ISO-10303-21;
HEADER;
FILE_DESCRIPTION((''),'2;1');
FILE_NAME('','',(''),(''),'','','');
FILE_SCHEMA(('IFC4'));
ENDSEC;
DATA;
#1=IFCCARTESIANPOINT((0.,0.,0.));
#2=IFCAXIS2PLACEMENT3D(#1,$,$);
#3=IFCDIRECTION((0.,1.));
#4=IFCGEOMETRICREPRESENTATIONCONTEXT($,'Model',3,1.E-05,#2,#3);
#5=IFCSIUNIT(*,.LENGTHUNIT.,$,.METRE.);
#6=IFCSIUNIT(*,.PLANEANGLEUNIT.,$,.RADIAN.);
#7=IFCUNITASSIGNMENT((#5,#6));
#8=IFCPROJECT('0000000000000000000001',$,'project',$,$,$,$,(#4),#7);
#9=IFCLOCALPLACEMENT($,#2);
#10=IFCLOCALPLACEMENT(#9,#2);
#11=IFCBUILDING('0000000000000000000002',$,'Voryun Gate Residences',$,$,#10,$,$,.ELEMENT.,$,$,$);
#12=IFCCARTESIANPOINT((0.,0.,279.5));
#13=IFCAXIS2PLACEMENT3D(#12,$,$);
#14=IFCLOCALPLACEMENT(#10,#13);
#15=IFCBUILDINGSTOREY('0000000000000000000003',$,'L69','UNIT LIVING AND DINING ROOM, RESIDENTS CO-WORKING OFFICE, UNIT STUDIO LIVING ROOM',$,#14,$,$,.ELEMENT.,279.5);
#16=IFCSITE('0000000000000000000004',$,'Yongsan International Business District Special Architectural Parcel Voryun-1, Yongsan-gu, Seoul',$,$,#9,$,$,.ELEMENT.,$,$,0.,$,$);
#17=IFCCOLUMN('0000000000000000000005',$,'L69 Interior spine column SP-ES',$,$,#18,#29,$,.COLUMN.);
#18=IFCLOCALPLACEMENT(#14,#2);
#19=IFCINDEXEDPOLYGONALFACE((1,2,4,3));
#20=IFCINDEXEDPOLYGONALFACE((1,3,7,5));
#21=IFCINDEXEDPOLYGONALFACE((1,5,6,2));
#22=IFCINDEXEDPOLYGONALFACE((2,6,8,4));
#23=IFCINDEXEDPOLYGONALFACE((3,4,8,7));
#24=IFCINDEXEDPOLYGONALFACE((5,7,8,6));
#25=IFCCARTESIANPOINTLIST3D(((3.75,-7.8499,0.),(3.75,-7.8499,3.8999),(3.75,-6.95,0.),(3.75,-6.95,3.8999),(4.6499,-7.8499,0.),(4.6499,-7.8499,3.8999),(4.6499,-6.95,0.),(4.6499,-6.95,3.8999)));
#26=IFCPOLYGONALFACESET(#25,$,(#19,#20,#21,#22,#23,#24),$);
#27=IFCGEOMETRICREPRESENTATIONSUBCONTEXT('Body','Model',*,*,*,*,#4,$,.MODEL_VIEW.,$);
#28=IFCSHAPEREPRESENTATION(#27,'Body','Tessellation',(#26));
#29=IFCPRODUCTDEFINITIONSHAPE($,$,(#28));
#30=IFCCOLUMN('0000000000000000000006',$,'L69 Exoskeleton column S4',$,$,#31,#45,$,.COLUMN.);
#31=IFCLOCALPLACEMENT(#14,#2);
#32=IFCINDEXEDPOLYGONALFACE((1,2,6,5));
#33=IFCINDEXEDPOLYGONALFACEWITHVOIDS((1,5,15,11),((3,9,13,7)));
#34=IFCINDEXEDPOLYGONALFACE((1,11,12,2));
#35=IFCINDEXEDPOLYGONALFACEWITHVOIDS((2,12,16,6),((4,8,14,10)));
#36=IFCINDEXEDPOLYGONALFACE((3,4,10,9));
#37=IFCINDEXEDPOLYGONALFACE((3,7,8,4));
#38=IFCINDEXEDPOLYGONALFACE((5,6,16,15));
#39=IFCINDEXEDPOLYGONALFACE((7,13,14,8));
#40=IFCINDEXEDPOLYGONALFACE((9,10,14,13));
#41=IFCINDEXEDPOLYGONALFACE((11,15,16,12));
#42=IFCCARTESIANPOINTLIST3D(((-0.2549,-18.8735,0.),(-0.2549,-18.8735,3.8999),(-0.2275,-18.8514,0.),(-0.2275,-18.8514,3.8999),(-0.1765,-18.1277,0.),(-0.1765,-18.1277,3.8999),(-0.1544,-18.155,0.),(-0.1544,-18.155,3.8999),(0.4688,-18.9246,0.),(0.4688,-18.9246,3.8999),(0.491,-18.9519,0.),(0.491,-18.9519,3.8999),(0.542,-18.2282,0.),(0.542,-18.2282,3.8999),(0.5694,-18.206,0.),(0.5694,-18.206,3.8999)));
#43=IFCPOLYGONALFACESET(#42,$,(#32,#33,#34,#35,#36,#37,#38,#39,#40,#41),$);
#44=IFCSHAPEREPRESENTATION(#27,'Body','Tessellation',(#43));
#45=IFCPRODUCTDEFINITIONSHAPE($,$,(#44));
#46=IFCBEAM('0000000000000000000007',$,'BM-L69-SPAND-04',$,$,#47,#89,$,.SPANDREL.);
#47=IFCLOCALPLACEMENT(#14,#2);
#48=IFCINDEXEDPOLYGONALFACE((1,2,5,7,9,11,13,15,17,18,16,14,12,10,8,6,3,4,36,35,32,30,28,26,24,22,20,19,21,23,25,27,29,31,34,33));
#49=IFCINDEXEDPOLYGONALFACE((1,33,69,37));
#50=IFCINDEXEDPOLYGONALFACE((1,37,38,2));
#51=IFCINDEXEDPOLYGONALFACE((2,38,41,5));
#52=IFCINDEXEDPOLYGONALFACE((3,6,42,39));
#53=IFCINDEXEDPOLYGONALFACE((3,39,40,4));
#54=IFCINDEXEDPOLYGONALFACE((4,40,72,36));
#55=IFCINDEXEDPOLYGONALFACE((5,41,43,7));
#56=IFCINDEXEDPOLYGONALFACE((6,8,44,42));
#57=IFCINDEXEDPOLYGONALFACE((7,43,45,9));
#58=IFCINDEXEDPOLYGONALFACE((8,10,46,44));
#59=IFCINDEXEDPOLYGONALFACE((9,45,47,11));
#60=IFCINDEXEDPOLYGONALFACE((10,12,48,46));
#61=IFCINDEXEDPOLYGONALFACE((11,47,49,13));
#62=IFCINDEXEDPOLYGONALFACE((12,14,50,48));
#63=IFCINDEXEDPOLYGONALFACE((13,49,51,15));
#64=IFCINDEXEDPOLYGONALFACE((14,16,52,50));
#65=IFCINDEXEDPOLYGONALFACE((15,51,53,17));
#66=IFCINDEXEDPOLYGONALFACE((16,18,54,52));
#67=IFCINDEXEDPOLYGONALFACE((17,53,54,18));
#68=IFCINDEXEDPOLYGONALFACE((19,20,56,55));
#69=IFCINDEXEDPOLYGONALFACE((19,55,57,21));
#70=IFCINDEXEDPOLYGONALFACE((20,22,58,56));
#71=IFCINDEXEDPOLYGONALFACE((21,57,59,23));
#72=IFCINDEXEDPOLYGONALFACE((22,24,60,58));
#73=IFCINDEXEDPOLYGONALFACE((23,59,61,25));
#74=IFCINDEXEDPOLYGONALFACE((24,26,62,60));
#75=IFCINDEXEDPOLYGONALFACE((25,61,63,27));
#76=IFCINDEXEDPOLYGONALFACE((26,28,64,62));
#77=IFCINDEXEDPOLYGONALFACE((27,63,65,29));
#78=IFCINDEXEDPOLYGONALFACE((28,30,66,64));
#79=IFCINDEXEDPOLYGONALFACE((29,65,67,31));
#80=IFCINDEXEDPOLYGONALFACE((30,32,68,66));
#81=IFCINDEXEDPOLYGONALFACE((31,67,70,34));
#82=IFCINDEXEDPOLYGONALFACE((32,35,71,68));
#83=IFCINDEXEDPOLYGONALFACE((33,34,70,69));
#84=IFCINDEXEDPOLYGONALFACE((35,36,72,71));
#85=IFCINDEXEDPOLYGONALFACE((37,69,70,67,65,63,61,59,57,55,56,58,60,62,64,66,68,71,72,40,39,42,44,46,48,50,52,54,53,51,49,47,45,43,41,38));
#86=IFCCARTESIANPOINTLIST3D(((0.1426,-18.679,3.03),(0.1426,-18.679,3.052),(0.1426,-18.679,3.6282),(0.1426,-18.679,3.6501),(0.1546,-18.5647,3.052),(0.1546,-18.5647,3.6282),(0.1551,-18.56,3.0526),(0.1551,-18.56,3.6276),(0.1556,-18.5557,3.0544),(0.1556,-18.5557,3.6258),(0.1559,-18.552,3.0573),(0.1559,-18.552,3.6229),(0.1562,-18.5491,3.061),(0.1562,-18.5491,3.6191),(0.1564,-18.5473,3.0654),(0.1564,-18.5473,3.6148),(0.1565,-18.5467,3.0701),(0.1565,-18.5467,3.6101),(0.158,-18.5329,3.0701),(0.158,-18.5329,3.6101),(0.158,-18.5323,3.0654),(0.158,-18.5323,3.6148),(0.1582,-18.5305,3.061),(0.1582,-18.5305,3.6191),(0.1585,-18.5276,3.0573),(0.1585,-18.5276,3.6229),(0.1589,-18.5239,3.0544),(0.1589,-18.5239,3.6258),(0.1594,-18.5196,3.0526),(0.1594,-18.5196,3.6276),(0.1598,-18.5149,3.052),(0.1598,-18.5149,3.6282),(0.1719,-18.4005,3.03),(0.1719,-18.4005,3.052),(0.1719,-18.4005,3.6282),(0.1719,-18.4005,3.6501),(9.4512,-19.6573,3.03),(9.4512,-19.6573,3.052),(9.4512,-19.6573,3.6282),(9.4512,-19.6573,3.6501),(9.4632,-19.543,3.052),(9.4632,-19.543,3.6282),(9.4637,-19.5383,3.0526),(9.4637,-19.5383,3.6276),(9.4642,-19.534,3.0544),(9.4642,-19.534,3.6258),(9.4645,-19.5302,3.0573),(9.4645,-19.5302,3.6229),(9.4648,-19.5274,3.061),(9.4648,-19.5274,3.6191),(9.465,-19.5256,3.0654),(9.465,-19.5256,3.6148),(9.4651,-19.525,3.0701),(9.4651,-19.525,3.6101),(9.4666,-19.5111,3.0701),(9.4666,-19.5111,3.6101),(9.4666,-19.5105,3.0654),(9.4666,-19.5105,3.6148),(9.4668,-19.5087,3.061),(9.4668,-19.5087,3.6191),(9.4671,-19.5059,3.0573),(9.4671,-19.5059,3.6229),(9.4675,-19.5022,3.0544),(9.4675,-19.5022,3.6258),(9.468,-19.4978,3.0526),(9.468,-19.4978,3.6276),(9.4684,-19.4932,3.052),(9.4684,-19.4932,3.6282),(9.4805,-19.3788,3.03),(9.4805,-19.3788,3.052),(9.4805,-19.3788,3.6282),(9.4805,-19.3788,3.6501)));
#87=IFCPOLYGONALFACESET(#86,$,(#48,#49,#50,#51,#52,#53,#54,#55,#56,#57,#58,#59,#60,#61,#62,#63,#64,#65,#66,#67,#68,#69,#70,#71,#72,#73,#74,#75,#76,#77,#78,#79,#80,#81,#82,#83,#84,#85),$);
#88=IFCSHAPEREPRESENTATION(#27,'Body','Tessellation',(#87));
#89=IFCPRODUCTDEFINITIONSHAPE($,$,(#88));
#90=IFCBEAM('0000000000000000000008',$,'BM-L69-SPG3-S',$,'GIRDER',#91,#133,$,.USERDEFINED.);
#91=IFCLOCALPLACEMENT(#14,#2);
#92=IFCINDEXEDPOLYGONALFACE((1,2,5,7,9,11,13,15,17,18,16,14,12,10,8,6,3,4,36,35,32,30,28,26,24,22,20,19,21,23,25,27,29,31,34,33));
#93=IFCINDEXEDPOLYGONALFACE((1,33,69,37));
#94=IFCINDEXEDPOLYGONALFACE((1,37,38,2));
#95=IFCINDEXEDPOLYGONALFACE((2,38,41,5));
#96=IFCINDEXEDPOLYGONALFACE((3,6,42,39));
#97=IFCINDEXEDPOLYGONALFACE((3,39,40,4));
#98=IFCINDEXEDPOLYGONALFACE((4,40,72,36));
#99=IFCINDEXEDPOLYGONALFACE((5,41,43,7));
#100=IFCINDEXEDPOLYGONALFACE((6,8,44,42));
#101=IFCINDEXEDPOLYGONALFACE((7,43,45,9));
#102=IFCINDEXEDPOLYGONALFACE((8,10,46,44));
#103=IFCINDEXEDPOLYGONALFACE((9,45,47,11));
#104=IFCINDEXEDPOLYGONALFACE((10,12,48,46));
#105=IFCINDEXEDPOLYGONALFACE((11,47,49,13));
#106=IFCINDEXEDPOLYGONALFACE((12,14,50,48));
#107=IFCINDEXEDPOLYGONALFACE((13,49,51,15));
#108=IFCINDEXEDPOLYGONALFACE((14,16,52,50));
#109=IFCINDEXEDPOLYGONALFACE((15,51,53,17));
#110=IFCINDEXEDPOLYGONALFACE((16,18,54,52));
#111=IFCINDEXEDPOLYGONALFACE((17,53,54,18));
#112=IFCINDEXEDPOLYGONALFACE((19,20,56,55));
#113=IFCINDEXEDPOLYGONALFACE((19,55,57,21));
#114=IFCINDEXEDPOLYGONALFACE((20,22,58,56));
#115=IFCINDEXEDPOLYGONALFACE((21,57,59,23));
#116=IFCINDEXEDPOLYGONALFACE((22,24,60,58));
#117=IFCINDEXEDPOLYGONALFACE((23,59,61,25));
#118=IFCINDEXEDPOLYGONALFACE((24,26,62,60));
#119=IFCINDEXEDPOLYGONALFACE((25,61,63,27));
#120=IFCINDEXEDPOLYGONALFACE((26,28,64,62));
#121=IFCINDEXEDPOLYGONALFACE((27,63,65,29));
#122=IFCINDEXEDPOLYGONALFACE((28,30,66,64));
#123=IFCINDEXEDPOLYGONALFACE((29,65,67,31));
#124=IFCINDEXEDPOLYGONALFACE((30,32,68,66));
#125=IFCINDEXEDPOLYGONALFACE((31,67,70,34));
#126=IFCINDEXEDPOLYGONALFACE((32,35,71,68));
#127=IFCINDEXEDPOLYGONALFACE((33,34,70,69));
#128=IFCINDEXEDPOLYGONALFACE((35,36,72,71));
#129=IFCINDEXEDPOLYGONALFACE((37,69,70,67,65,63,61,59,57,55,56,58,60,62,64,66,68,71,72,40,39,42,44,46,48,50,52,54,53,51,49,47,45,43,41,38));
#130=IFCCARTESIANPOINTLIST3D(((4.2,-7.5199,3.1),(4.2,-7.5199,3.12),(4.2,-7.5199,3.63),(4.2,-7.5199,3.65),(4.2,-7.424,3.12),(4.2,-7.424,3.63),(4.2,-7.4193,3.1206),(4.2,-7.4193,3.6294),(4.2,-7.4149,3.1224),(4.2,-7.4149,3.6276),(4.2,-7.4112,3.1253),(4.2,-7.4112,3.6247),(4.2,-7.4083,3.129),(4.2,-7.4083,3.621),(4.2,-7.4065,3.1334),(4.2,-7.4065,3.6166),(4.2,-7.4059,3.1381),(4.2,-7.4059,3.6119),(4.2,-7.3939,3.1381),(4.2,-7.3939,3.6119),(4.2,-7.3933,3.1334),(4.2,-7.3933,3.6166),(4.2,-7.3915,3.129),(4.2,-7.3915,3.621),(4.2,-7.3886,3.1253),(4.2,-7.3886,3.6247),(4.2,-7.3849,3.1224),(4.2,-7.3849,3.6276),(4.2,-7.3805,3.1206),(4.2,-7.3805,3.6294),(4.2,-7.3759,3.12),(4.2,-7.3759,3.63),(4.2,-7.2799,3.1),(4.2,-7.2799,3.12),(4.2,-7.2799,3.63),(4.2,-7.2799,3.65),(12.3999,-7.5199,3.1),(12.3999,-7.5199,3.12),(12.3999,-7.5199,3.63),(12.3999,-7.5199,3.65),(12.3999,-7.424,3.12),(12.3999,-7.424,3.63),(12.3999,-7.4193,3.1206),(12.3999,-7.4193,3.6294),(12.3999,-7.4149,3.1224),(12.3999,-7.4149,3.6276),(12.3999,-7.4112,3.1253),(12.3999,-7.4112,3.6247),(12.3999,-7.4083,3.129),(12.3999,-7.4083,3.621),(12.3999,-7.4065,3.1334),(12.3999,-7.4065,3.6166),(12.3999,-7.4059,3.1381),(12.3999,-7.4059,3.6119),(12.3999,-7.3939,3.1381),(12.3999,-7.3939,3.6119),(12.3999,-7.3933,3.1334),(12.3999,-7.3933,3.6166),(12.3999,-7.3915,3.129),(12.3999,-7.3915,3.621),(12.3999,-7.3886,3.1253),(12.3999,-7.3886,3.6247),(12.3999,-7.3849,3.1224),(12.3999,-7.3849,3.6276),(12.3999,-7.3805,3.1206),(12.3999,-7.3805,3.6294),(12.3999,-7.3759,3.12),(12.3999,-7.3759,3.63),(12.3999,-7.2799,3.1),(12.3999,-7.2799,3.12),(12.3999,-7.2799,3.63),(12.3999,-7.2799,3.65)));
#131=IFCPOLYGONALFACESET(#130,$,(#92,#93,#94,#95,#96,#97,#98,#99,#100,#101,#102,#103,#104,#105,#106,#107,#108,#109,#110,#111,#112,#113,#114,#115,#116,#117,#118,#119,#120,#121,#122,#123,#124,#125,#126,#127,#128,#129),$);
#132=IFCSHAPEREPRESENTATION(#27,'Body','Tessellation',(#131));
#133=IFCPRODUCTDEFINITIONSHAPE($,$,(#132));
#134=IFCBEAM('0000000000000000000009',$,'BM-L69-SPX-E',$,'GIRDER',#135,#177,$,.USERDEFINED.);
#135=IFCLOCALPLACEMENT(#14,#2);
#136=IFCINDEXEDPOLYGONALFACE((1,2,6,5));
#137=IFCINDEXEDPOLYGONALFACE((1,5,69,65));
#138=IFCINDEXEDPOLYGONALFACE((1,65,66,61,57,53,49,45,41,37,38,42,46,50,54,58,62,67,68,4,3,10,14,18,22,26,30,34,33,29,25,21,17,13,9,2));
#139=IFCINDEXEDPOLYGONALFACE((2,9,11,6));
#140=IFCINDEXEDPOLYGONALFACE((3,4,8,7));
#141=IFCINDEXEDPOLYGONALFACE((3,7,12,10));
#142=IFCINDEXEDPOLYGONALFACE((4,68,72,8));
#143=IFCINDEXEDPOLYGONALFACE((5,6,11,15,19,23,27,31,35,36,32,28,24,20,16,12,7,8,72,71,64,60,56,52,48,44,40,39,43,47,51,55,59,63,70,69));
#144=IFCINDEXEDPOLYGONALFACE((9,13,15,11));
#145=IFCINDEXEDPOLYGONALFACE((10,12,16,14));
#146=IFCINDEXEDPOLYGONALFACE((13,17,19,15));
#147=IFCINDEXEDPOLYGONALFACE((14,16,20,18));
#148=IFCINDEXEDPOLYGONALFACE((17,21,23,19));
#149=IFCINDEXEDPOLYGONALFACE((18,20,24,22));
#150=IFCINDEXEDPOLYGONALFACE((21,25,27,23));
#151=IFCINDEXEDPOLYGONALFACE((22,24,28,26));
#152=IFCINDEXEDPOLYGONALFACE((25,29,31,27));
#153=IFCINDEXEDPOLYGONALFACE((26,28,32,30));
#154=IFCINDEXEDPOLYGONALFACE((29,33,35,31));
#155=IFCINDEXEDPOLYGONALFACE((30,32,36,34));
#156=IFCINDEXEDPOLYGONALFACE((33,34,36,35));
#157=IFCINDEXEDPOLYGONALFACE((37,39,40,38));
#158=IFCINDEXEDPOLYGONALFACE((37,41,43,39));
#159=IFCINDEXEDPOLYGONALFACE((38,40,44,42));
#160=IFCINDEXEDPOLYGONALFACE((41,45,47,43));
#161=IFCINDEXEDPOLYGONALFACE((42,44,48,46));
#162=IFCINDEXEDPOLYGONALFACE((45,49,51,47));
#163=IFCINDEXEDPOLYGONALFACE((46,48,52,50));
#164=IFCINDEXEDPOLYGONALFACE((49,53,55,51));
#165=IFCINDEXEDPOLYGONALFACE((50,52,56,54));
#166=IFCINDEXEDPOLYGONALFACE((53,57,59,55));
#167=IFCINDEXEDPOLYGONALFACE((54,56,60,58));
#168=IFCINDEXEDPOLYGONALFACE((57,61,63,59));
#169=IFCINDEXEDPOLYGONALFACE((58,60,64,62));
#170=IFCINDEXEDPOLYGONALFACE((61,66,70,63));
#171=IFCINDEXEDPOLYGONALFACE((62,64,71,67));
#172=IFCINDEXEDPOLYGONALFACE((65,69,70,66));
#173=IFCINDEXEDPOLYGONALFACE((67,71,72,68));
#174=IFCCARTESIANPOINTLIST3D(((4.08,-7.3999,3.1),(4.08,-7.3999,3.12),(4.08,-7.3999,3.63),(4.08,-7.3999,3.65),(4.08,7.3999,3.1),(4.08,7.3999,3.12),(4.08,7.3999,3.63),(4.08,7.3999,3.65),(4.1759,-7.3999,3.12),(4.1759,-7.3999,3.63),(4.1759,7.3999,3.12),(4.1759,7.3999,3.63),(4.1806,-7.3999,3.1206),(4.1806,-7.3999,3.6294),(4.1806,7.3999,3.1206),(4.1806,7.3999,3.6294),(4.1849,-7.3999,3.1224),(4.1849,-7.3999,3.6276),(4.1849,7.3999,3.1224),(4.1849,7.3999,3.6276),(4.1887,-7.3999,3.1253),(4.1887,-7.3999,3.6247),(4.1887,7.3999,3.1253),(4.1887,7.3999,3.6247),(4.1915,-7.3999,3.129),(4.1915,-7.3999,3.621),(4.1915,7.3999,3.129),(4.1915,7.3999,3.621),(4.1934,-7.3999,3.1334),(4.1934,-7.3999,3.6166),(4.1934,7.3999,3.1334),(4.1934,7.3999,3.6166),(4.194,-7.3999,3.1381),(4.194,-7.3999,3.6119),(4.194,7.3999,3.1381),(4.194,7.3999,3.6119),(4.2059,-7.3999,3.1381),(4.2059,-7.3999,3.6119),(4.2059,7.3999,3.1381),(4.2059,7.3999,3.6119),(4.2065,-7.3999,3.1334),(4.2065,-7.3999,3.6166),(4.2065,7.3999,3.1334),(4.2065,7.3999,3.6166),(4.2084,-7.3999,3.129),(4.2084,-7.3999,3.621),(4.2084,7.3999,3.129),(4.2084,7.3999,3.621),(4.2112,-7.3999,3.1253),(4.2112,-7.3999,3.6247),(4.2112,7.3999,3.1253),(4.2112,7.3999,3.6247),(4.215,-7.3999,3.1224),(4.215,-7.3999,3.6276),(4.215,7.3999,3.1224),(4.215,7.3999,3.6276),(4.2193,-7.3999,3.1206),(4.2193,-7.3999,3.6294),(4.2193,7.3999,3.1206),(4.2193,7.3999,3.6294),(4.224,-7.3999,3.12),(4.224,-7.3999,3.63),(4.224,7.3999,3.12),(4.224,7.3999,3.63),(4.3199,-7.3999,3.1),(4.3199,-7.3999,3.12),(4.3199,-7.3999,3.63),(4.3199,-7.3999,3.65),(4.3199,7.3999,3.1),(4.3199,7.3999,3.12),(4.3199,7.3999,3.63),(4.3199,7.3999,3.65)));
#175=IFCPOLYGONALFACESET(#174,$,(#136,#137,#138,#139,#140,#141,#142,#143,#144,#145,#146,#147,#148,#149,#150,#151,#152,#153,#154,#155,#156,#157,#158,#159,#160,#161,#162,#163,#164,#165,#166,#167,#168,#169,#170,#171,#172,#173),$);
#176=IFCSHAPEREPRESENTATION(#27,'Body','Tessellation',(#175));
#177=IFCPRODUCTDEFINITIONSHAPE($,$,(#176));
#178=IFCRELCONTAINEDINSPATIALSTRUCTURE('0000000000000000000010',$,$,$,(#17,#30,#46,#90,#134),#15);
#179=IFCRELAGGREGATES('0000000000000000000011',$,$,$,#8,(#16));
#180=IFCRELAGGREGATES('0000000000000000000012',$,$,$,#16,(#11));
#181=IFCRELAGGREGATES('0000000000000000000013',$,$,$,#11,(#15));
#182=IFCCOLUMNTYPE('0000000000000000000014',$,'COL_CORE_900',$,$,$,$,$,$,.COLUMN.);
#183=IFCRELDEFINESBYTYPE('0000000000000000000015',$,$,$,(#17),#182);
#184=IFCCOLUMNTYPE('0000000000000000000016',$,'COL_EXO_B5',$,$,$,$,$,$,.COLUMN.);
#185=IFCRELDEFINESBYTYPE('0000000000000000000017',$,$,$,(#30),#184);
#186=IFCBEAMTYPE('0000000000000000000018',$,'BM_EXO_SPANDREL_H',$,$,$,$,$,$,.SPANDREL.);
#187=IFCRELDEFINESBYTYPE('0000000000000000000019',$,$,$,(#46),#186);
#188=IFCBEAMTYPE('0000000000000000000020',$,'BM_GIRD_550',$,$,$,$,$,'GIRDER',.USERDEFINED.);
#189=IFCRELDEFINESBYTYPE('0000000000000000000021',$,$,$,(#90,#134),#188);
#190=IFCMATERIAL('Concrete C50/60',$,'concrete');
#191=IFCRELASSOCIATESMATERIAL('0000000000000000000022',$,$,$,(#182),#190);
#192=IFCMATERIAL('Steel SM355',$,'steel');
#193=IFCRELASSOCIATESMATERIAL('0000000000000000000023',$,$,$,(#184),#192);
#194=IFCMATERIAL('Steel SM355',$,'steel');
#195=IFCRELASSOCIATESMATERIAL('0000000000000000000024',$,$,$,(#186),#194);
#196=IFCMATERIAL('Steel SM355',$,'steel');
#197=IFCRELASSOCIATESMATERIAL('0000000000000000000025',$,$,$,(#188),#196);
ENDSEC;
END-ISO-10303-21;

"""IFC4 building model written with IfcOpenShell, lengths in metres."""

from ifc_helpers import new_model, si_unit, direction, frame, origin, origin_2d, place, context, subcontext, project, spatial, rectangle, hollow_rectangle, i_section, extrude, material, material_profile, profile_set, type_object, element, save


model = new_model("IFC4")

# Units and contexts
model_context = context("Model", 3, precision=1e-05, world=origin(), true_north=direction((0.0, 1.0)))
body_context = subcontext(model_context, "Body", "Model", "MODEL_VIEW")
ifc_project = project(units=[si_unit("LENGTHUNIT", "METRE"), si_unit("PLANEANGLEUNIT", "RADIAN")], contexts=[model_context])

# Site, building, storey
site_placement = place(None, origin())
site = spatial("IfcSite", under=ifc_project, at=site_placement, Name="Yongsan International Business District Special Architectural Parcel Voryun-1, Yongsan-gu, Seoul", CompositionType="ELEMENT", RefElevation=0.0)
building_placement = place(site_placement, origin())
building = spatial("IfcBuilding", under=site, at=building_placement, Name="Voryun Gate Residences", CompositionType="ELEMENT")
storey_placement = place(building_placement, frame((0.0, 0.0, 279.5)))
storey = spatial("IfcBuildingStorey", under=building, at=storey_placement, Name="L69", Description="UNIT LIVING AND DINING ROOM, RESIDENTS CO-WORKING OFFICE, UNIT STUDIO LIVING ROOM", CompositionType="ELEMENT", Elevation=279.5)

# Columns
ifc_material_1 = material(Name="Concrete C50/60", Category="concrete")
ifc_material_profile_1 = material_profile(ifc_material_1, rectangle(XDim=0.8999, YDim=0.8999, at=origin_2d()), Name="RC-900x900")
ifc_profile_set_1 = profile_set([ifc_material_profile_1], Name="Concrete C50/60")
column_type_1 = type_object("IfcColumnType", Name="COL_CORE_900", PredefinedType="COLUMN", material=ifc_profile_set_1)
column_1_placement = place(storey_placement, frame((4.2, -7.3999, 0.0), z_axis=(0.0, 0.0, 1.0), x_axis=(1.0, 0.0, 0.0)))
element("IfcColumn", 1, at=column_1_placement, inside=storey, type_object=column_type_1, Name="L69 Interior spine column SP-ES", PredefinedType="COLUMN", context=body_context, shape_type="SweptSolid", body=[
    extrude(rectangle(XDim=0.8999, YDim=0.8999, at=origin_2d()), origin(), (0.0, 0.0, 1.0), 3.8999),
])
ifc_material_2 = material(Name="Steel SM355", Category="steel")
ifc_material_profile_2 = material_profile(ifc_material_2, hollow_rectangle(XDim=0.75, YDim=0.75, WallThickness=0.0249, at=origin_2d()), Name="BOX-750x750x25")
ifc_profile_set_2 = profile_set([ifc_material_profile_2], Name="Steel SM355")
column_type_2 = type_object("IfcColumnType", Name="COL_EXO_B5", PredefinedType="COLUMN", material=ifc_profile_set_2)
column_2_placement = place(storey_placement, frame((0.1572, -18.5398, 0.0), z_axis=(0.0, 0.0, 1.0), x_axis=(0.994522, -0.104528, 0.0)))
element("IfcColumn", 2, at=column_2_placement, inside=storey, type_object=column_type_2, Name="L69 Exoskeleton column S4", PredefinedType="COLUMN", context=body_context, shape_type="SweptSolid", body=[
    extrude(hollow_rectangle(XDim=0.75, YDim=0.75, WallThickness=0.0249, at=origin_2d()), origin(), (0.0, 0.0, 1.0), 3.8999),
])

# Beams
ifc_material_3 = material(Name="Steel SM355", Category="steel")
ifc_material_profile_3 = material_profile(ifc_material_3, i_section(OverallWidth=0.28, OverallDepth=0.6201, WebThickness=0.0139, FlangeThickness=0.022, FilletRadius=0.0181, at=origin_2d()), Name="H-620x280x14x22")
ifc_profile_set_3 = profile_set([ifc_material_profile_3], Name="Steel SM355")
beam_type_1 = type_object("IfcBeamType", Name="BM_EXO_SPANDREL_H", PredefinedType="SPANDREL", material=ifc_profile_set_3)
beam_1_placement = place(storey_placement, frame((0.1572, -18.5398, 3.3401), z_axis=(0.994523, -0.104518, 0.0), x_axis=(0.104518, 0.994523, 0.0)))
element("IfcBeam", 3, at=beam_1_placement, inside=storey, type_object=beam_type_1, Name="BM-L69-SPAND-04", PredefinedType="SPANDREL", context=body_context, shape_type="SweptSolid", body=[
    extrude(i_section(OverallWidth=0.28, OverallDepth=0.6201, WebThickness=0.0139, FlangeThickness=0.022, FilletRadius=0.0181, at=origin_2d()), origin(), (0.0, 0.0, 1.0), 9.3599),
])
ifc_material_4 = material(Name="Steel SM355", Category="steel")
ifc_material_profile_4 = material_profile(ifc_material_4, i_section(OverallWidth=0.24, OverallDepth=0.55, WebThickness=0.012, FlangeThickness=0.02, FilletRadius=0.0181, at=origin_2d()), Name="H-550x240x12x20")
ifc_profile_set_4 = profile_set([ifc_material_profile_4], Name="Steel SM355")
beam_type_2 = type_object("IfcBeamType", Name="BM_GIRD_550", ElementType="GIRDER", PredefinedType="USERDEFINED", material=ifc_profile_set_4)
beam_2_placement = place(storey_placement, frame((4.2, -7.3999, 3.375), z_axis=(1.0, 0.0, 0.0), x_axis=(0.0, 1.0, 0.0)))
element("IfcBeam", 4, at=beam_2_placement, inside=storey, type_object=beam_type_2, Name="BM-L69-SPG3-S", ObjectType="GIRDER", PredefinedType="USERDEFINED", context=body_context, shape_type="SweptSolid", body=[
    extrude(i_section(OverallWidth=0.24, OverallDepth=0.55, WebThickness=0.012, FlangeThickness=0.02, FilletRadius=0.0181, at=origin_2d()), origin(), (0.0, 0.0, 1.0), 8.2),
])
beam_3_placement = place(storey_placement, frame((4.2, -7.3999, 3.375), z_axis=(0.0, 1.0, 0.0), x_axis=(-1.0, 0.0, 0.0)))
element("IfcBeam", 5, at=beam_3_placement, inside=storey, type_object=beam_type_2, Name="BM-L69-SPX-E", ObjectType="GIRDER", PredefinedType="USERDEFINED", context=body_context, shape_type="SweptSolid", body=[
    extrude(i_section(OverallWidth=0.24, OverallDepth=0.55, WebThickness=0.012, FlangeThickness=0.02, FilletRadius=0.0181, at=origin_2d()), origin(), (0.0, 0.0, 1.0), 14.7998),
])

save(model, "model.ifc")
